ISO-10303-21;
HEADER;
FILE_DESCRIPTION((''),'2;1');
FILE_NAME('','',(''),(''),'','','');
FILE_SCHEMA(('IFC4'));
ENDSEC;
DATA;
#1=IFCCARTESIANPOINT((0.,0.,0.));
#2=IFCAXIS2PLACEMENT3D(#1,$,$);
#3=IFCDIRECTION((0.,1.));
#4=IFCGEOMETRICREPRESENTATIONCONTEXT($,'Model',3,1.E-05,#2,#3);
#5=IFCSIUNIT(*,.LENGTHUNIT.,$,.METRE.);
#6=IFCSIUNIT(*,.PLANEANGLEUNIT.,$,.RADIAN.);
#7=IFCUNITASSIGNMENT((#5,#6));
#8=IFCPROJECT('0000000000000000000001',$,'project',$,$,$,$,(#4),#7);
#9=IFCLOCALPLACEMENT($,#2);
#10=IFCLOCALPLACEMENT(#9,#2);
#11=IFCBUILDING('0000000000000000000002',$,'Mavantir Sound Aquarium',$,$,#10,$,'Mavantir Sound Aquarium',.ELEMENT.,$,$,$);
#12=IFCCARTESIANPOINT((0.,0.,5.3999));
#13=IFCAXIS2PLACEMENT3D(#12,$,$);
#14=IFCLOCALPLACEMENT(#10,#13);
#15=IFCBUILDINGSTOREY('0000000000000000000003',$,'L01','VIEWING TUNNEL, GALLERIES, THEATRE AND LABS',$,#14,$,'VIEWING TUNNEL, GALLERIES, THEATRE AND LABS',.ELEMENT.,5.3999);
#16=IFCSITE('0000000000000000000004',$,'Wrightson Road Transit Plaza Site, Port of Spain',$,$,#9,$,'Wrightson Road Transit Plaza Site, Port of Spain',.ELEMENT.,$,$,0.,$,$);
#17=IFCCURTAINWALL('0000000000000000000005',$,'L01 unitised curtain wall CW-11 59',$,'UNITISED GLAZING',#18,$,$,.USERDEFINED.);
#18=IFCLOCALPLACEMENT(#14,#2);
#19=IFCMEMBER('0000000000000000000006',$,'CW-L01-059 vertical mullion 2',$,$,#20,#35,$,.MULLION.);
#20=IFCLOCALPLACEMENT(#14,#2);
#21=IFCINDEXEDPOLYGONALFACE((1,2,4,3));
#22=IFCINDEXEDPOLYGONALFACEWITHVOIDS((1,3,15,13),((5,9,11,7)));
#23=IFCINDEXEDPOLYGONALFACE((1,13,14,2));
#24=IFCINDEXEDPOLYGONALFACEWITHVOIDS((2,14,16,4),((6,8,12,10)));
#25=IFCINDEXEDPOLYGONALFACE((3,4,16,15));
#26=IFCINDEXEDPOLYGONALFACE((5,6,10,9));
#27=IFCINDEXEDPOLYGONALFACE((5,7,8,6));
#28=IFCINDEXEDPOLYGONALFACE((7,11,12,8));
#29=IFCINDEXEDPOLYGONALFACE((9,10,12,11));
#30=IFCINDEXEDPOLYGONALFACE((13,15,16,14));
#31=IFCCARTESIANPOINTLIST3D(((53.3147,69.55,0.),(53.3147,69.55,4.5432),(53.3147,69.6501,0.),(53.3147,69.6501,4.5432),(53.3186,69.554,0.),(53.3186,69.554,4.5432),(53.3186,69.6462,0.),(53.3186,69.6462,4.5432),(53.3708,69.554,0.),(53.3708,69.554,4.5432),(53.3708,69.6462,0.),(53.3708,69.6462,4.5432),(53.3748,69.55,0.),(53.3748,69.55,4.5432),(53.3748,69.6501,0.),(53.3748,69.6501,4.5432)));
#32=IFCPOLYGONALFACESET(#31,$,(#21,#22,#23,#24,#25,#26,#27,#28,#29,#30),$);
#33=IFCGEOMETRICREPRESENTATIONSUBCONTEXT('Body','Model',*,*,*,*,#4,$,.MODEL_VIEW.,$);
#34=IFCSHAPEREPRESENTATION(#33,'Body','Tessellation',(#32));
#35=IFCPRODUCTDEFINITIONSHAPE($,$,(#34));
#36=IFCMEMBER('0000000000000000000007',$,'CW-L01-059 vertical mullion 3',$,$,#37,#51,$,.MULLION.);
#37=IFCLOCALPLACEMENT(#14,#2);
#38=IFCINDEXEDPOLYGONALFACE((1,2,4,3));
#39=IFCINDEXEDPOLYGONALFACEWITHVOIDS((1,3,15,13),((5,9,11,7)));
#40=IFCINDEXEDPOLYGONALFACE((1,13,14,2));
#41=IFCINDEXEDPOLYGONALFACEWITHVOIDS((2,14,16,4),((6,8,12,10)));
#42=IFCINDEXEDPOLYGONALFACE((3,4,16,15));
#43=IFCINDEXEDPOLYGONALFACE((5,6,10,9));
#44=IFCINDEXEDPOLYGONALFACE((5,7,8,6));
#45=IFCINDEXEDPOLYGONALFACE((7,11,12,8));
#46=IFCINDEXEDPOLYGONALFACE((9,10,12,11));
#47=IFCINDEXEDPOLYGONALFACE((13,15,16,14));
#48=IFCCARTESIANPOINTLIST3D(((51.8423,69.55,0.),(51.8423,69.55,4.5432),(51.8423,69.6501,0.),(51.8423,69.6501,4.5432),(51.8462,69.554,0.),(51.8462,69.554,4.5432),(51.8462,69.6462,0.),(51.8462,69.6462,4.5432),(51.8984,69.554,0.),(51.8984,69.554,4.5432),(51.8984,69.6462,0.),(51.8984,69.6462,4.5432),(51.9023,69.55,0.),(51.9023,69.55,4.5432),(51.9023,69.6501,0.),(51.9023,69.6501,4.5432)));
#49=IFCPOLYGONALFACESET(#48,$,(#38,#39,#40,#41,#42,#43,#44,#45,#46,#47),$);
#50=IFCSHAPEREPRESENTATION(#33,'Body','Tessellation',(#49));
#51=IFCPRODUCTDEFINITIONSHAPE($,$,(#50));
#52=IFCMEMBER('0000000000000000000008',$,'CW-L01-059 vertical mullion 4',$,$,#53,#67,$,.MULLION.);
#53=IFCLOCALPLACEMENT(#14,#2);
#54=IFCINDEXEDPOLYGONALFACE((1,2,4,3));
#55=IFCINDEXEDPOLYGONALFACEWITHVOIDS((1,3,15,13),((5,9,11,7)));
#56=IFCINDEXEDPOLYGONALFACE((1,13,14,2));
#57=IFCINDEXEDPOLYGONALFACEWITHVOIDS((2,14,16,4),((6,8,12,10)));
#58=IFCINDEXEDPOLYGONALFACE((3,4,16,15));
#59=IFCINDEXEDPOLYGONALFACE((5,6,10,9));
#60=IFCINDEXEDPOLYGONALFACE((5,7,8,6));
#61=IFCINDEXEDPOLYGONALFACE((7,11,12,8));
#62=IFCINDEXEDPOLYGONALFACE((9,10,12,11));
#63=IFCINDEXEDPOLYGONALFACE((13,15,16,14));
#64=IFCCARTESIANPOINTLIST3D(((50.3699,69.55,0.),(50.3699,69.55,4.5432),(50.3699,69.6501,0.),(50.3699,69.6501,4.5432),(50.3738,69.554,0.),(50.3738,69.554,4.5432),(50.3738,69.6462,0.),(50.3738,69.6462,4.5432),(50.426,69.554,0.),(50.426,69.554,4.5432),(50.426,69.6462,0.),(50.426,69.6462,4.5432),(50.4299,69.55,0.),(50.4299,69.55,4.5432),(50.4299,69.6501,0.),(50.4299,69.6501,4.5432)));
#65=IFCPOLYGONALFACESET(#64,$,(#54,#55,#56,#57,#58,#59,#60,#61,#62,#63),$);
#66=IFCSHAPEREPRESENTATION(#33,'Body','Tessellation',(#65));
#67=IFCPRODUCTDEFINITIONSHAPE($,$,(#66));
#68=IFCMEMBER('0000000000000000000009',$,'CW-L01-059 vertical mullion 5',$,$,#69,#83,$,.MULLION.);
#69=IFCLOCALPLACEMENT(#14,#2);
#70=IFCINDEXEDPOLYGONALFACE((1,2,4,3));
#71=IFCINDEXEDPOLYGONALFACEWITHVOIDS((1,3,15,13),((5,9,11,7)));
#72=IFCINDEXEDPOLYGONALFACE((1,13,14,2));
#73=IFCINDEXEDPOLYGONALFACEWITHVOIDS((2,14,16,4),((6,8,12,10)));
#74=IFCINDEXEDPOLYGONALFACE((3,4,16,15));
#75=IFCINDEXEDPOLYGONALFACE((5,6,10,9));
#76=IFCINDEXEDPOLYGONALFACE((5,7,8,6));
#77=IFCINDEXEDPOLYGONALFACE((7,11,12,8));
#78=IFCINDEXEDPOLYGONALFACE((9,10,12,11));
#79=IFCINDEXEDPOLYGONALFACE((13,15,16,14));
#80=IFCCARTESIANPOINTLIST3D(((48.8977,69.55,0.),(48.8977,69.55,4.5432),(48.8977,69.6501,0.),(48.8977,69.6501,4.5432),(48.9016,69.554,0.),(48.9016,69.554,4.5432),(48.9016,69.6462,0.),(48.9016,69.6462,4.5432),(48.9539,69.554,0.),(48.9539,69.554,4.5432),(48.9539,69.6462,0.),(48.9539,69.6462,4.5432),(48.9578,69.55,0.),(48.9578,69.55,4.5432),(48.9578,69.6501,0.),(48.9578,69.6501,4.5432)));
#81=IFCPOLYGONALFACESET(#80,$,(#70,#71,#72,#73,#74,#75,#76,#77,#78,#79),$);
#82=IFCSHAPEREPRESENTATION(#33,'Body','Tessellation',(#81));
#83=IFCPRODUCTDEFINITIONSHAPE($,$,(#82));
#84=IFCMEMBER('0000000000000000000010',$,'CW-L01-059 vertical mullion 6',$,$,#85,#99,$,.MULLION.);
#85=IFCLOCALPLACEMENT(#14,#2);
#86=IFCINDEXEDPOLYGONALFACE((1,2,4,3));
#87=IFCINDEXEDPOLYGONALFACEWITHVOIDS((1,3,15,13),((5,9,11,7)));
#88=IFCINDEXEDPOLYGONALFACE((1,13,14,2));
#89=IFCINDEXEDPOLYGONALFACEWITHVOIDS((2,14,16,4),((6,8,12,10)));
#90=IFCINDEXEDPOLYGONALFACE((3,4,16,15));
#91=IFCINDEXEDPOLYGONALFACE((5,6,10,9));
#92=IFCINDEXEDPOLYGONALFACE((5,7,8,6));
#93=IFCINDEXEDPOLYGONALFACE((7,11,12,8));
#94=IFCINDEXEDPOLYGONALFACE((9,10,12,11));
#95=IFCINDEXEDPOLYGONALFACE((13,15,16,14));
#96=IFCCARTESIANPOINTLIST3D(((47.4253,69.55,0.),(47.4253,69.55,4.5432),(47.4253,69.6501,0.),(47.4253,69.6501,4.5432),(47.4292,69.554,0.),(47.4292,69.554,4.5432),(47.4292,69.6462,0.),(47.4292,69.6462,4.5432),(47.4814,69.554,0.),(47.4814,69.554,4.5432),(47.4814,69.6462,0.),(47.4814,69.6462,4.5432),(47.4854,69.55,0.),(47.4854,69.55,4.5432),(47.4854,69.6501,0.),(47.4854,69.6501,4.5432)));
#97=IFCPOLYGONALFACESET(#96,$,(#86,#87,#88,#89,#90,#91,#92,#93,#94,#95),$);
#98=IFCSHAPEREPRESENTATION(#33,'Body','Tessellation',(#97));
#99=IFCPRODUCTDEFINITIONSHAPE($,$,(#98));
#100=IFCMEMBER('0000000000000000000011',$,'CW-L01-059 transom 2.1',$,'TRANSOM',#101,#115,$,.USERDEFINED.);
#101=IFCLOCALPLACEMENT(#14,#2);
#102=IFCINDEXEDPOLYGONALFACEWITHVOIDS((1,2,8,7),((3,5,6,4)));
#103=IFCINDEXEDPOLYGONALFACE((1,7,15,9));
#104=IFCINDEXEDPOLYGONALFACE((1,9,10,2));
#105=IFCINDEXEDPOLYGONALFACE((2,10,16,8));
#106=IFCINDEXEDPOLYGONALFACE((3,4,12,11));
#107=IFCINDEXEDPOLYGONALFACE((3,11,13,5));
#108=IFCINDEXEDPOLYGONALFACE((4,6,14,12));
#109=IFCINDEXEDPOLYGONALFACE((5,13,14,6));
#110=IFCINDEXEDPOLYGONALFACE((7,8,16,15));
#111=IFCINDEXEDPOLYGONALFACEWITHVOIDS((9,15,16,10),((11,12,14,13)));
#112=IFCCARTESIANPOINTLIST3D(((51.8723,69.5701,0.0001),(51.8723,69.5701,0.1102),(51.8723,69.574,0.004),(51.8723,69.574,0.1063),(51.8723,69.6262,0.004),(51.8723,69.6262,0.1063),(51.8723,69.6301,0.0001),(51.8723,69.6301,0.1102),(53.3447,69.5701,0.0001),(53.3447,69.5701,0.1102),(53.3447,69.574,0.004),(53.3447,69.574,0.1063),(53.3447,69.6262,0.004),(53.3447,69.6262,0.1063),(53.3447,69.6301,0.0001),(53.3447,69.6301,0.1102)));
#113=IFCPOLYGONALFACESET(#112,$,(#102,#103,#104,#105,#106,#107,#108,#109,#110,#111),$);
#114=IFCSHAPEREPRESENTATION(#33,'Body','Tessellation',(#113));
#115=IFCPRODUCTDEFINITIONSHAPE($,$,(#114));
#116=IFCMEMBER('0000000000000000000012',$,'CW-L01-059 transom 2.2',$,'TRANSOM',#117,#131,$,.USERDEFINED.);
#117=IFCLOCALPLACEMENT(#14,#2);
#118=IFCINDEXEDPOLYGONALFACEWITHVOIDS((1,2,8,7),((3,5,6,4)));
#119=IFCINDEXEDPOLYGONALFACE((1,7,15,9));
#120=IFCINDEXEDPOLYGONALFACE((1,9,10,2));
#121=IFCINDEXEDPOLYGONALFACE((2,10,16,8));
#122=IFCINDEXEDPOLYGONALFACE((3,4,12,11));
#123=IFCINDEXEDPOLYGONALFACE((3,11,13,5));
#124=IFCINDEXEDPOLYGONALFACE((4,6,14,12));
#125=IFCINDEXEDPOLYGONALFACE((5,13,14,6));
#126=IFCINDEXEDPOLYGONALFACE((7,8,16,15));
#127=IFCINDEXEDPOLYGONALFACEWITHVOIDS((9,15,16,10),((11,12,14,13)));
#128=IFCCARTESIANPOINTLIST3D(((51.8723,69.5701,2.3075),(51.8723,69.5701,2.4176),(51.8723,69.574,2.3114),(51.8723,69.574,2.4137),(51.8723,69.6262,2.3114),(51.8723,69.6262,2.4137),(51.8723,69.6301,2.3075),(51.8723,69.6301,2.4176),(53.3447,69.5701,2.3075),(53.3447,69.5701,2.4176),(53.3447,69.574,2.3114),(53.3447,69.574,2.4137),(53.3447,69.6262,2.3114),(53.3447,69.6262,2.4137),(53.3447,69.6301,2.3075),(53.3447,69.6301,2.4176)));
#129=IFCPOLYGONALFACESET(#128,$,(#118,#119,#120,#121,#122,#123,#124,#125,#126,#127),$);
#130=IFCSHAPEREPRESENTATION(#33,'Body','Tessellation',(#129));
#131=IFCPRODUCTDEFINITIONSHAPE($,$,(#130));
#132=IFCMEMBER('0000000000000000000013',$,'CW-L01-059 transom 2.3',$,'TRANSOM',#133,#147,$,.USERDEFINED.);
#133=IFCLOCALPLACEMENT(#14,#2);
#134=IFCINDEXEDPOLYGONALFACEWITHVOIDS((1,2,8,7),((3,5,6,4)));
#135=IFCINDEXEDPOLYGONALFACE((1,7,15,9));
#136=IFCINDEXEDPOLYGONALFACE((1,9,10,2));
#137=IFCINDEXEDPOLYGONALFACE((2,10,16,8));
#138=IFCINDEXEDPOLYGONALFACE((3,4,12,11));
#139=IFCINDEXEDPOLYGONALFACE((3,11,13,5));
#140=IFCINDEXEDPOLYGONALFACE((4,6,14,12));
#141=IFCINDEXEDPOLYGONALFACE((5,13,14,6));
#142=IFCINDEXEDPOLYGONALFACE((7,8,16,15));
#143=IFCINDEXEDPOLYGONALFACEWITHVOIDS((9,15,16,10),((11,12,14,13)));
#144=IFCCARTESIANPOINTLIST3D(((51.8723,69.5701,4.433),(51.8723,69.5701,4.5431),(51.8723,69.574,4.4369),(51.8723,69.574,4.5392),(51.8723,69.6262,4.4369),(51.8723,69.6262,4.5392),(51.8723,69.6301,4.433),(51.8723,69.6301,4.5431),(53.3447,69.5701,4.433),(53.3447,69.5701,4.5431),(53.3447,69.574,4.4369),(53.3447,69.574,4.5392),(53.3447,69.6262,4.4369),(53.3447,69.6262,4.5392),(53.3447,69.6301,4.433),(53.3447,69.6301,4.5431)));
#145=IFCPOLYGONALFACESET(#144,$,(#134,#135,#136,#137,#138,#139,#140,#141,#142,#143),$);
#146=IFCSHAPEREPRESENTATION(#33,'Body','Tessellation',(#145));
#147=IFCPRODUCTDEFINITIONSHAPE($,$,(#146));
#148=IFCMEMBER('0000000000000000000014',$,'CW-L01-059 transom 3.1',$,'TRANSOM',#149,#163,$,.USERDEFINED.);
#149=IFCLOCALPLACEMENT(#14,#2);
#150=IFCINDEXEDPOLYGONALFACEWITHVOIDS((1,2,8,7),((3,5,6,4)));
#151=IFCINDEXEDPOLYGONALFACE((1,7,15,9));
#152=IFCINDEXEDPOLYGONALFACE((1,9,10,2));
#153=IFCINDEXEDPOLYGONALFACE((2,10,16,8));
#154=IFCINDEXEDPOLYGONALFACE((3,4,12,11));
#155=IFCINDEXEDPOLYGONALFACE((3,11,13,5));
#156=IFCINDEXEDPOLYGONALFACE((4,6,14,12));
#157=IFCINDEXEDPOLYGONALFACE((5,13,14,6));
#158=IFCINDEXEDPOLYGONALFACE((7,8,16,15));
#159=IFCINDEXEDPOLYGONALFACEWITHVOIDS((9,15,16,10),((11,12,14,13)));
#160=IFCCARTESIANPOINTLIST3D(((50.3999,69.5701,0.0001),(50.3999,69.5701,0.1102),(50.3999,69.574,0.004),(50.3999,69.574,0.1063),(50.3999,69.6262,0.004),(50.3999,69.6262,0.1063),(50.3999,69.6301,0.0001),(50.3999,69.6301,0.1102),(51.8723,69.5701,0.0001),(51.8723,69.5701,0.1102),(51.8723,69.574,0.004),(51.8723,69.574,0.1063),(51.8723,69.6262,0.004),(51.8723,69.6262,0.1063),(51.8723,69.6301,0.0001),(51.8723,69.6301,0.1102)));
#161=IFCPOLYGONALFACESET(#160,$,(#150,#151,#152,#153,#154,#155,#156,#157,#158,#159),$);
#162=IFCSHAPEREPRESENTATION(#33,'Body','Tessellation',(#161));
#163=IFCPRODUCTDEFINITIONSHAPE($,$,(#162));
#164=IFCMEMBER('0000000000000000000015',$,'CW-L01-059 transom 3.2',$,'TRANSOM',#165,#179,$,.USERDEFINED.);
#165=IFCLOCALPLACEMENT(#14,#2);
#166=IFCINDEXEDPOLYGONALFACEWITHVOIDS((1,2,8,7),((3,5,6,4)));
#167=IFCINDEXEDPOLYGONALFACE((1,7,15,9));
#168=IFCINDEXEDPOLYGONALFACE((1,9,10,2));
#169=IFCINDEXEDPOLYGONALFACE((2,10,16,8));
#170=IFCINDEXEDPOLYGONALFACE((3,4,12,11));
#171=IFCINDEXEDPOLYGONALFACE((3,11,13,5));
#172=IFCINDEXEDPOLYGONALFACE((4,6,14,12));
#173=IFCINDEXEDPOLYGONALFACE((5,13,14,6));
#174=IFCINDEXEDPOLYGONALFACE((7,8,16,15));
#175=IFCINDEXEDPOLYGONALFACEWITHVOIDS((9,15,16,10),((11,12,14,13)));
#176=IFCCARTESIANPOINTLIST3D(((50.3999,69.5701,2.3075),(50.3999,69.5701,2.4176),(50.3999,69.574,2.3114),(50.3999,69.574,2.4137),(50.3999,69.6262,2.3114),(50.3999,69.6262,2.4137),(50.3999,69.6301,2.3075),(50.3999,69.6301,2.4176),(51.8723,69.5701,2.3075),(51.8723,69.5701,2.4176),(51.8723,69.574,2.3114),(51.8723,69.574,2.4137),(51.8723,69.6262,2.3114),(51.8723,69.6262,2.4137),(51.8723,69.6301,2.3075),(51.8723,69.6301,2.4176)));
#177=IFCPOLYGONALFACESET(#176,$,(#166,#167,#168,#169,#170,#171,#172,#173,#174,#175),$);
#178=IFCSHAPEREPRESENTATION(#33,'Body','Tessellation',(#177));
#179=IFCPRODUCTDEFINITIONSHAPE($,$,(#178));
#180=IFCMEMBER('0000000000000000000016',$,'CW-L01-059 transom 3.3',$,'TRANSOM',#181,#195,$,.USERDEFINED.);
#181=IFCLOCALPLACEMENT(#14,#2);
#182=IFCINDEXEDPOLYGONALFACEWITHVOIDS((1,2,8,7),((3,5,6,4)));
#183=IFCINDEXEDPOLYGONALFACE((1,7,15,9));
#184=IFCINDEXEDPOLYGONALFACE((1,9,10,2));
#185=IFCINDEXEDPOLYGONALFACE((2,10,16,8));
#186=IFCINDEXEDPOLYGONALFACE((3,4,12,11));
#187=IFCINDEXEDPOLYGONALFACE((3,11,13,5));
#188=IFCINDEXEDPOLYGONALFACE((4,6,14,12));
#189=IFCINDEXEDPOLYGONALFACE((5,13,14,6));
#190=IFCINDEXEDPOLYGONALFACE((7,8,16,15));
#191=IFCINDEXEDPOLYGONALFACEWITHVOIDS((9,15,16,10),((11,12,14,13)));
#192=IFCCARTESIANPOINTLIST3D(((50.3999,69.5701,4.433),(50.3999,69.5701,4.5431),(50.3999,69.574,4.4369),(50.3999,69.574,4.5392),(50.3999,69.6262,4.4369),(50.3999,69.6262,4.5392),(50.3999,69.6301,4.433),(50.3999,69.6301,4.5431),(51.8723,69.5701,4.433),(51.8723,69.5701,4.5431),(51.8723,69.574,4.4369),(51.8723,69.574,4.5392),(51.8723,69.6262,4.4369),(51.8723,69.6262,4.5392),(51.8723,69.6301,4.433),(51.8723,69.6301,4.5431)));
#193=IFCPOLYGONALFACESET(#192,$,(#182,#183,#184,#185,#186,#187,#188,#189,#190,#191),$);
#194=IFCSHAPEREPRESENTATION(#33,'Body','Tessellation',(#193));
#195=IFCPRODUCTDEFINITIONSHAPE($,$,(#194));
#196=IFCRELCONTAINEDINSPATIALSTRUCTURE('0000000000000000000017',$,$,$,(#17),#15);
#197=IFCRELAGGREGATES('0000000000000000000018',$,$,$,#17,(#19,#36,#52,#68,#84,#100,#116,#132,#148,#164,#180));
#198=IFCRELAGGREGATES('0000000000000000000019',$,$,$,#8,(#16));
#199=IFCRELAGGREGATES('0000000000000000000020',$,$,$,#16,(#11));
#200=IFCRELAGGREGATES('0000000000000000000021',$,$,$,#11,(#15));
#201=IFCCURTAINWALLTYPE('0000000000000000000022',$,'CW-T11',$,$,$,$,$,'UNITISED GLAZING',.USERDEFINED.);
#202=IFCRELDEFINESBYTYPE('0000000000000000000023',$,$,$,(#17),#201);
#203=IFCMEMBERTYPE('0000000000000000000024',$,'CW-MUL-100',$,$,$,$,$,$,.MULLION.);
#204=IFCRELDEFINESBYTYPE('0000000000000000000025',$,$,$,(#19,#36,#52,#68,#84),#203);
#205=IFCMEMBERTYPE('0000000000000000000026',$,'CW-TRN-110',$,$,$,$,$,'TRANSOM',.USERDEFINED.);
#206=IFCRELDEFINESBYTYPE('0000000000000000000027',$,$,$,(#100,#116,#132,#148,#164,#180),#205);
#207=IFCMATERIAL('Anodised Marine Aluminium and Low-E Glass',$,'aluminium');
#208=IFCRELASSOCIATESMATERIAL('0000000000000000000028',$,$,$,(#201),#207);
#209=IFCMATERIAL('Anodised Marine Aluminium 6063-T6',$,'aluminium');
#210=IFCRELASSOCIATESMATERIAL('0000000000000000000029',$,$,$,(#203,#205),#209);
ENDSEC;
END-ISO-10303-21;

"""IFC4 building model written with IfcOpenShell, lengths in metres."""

from ifc_helpers import new_model, si_unit, direction, frame, origin, origin_2d, place, context, subcontext, project, spatial, hollow_rectangle, extrude, material, material_profile, profile_set, type_object, element, aggregate, save


model = new_model("IFC4")

# Units and contexts
model_context = context("Model", 3, precision=1e-05, world=origin(), true_north=direction((0.0, 1.0)))
body_context = subcontext(model_context, "Body", "Model", "MODEL_VIEW")
ifc_project = project(units=[si_unit("LENGTHUNIT", "METRE"), si_unit("PLANEANGLEUNIT", "RADIAN")], contexts=[model_context])

# Site, building, storey
site_placement = place(None, origin())
site = spatial("IfcSite", under=ifc_project, at=site_placement, Name="Wrightson Road Transit Plaza Site, Port of Spain", LongName="Wrightson Road Transit Plaza Site, Port of Spain", CompositionType="ELEMENT", RefElevation=0.0)
building_placement = place(site_placement, origin())
building = spatial("IfcBuilding", under=site, at=building_placement, Name="Mavantir Sound Aquarium", LongName="Mavantir Sound Aquarium", CompositionType="ELEMENT")
storey_placement = place(building_placement, frame((0.0, 0.0, 5.3999)))
storey = spatial("IfcBuildingStorey", under=building, at=storey_placement, Name="L01", Description="VIEWING TUNNEL, GALLERIES, THEATRE AND LABS", LongName="VIEWING TUNNEL, GALLERIES, THEATRE AND LABS", CompositionType="ELEMENT", Elevation=5.3999)

# Curtain wall, members
ifc_material_1 = material(Name="Anodised Marine Aluminium and Low-E Glass", Category="aluminium")
curtain_wall_type = type_object("IfcCurtainWallType", Name="CW-T11", ElementType="UNITISED GLAZING", PredefinedType="USERDEFINED", material=ifc_material_1)
curtain_wall_placement = place(storey_placement, origin())
curtain_wall = element("IfcCurtainWall", 1, at=curtain_wall_placement, inside=storey, type_object=curtain_wall_type, Name="L01 unitised curtain wall CW-11 59", ObjectType="UNITISED GLAZING", PredefinedType="USERDEFINED")
ifc_material_2 = material(Name="Anodised Marine Aluminium 6063-T6", Category="aluminium")
ifc_material_profile_1 = material_profile(ifc_material_2, hollow_rectangle(XDim=0.0601, YDim=0.1001, WallThickness=0.0039, at=origin_2d()), Name="ALU-MULLION-100X60")
ifc_profile_set_1 = profile_set([ifc_material_profile_1], Name="Anodised Marine Aluminium 6063-T6")
member_type_1 = type_object("IfcMemberType", Name="CW-MUL-100", PredefinedType="MULLION", material=ifc_profile_set_1)
member_1_placement = place(storey_placement, frame((53.3447, 69.6001, 0.0), z_axis=(0.0, 0.0, 1.0), x_axis=(1.0, 0.0, 0.0)))
member_1 = element("IfcMember", 2, at=member_1_placement, type_object=member_type_1, Name="CW-L01-059 vertical mullion 2", PredefinedType="MULLION", context=body_context, shape_type="SweptSolid", body=[
    extrude(hollow_rectangle(XDim=0.0601, YDim=0.1001, WallThickness=0.0039, at=origin_2d()), origin(), (0.0, 0.0, 1.0), 4.5432),
])
member_2_placement = place(storey_placement, frame((51.8723, 69.6001, 0.0), z_axis=(0.0, 0.0, 1.0), x_axis=(1.0, 0.0, 0.0)))
member_2 = element("IfcMember", 3, at=member_2_placement, type_object=member_type_1, Name="CW-L01-059 vertical mullion 3", PredefinedType="MULLION", context=body_context, shape_type="SweptSolid", body=[
    extrude(hollow_rectangle(XDim=0.0601, YDim=0.1001, WallThickness=0.0039, at=origin_2d()), origin(), (0.0, 0.0, 1.0), 4.5432),
])
member_3_placement = place(storey_placement, frame((50.3999, 69.6001, 0.0), z_axis=(0.0, 0.0, 1.0), x_axis=(1.0, 0.0, 0.0)))
member_3 = element("IfcMember", 4, at=member_3_placement, type_object=member_type_1, Name="CW-L01-059 vertical mullion 4", PredefinedType="MULLION", context=body_context, shape_type="SweptSolid", body=[
    extrude(hollow_rectangle(XDim=0.0601, YDim=0.1001, WallThickness=0.0039, at=origin_2d()), origin(), (0.0, 0.0, 1.0), 4.5432),
])
member_4_placement = place(storey_placement, frame((48.9277, 69.6001, 0.0), z_axis=(0.0, 0.0, 1.0), x_axis=(1.0, 0.0, 0.0)))
member_4 = element("IfcMember", 5, at=member_4_placement, type_object=member_type_1, Name="CW-L01-059 vertical mullion 5", PredefinedType="MULLION", context=body_context, shape_type="SweptSolid", body=[
    extrude(hollow_rectangle(XDim=0.0601, YDim=0.1001, WallThickness=0.0039, at=origin_2d()), origin(), (0.0, 0.0, 1.0), 4.5432),
])
member_5_placement = place(storey_placement, frame((47.4553, 69.6001, 0.0), z_axis=(0.0, 0.0, 1.0), x_axis=(1.0, 0.0, 0.0)))
member_5 = element("IfcMember", 6, at=member_5_placement, type_object=member_type_1, Name="CW-L01-059 vertical mullion 6", PredefinedType="MULLION", context=body_context, shape_type="SweptSolid", body=[
    extrude(hollow_rectangle(XDim=0.0601, YDim=0.1001, WallThickness=0.0039, at=origin_2d()), origin(), (0.0, 0.0, 1.0), 4.5432),
])
ifc_material_profile_2 = material_profile(ifc_material_2, hollow_rectangle(XDim=0.0601, YDim=0.1101, WallThickness=0.0039, at=origin_2d()), Name="ALU-TRANSOM-110X60")
ifc_profile_set_2 = profile_set([ifc_material_profile_2], Name="Anodised Marine Aluminium 6063-T6")
member_type_2 = type_object("IfcMemberType", Name="CW-TRN-110", ElementType="TRANSOM", PredefinedType="USERDEFINED", material=ifc_profile_set_2)
member_6_placement = place(storey_placement, frame((53.3447, 69.6001, 0.0552), z_axis=(-1.0, 0.0, 0.0), x_axis=(0.0, -1.0, 0.0)))
member_6 = element("IfcMember", 7, at=member_6_placement, type_object=member_type_2, Name="CW-L01-059 transom 2.1", ObjectType="TRANSOM", PredefinedType="USERDEFINED", context=body_context, shape_type="SweptSolid", body=[
    extrude(hollow_rectangle(XDim=0.0601, YDim=0.1101, WallThickness=0.0039, at=origin_2d()), origin(), (0.0, 0.0, 1.0), 1.4724),
])
member_7_placement = place(storey_placement, frame((53.3447, 69.6001, 2.3625), z_axis=(-1.0, 0.0, 0.0), x_axis=(0.0, -1.0, 0.0)))
member_7 = element("IfcMember", 8, at=member_7_placement, type_object=member_type_2, Name="CW-L01-059 transom 2.2", ObjectType="TRANSOM", PredefinedType="USERDEFINED", context=body_context, shape_type="SweptSolid", body=[
    extrude(hollow_rectangle(XDim=0.0601, YDim=0.1101, WallThickness=0.0039, at=origin_2d()), origin(), (0.0, 0.0, 1.0), 1.4724),
])
member_8_placement = place(storey_placement, frame((53.3447, 69.6001, 4.488), z_axis=(-1.0, 0.0, 0.0), x_axis=(0.0, -1.0, 0.0)))
member_8 = element("IfcMember", 9, at=member_8_placement, type_object=member_type_2, Name="CW-L01-059 transom 2.3", ObjectType="TRANSOM", PredefinedType="USERDEFINED", context=body_context, shape_type="SweptSolid", body=[
    extrude(hollow_rectangle(XDim=0.0601, YDim=0.1101, WallThickness=0.0039, at=origin_2d()), origin(), (0.0, 0.0, 1.0), 1.4724),
])
member_9_placement = place(storey_placement, frame((51.8723, 69.6001, 0.0552), z_axis=(-1.0, 0.0, 0.0), x_axis=(0.0, -1.0, 0.0)))
member_9 = element("IfcMember", 10, at=member_9_placement, type_object=member_type_2, Name="CW-L01-059 transom 3.1", ObjectType="TRANSOM", PredefinedType="USERDEFINED", context=body_context, shape_type="SweptSolid", body=[
    extrude(hollow_rectangle(XDim=0.0601, YDim=0.1101, WallThickness=0.0039, at=origin_2d()), origin(), (0.0, 0.0, 1.0), 1.4724),
])
member_10_placement = place(storey_placement, frame((51.8723, 69.6001, 2.3625), z_axis=(-1.0, 0.0, 0.0), x_axis=(0.0, -1.0, 0.0)))
member_10 = element("IfcMember", 11, at=member_10_placement, type_object=member_type_2, Name="CW-L01-059 transom 3.2", ObjectType="TRANSOM", PredefinedType="USERDEFINED", context=body_context, shape_type="SweptSolid", body=[
    extrude(hollow_rectangle(XDim=0.0601, YDim=0.1101, WallThickness=0.0039, at=origin_2d()), origin(), (0.0, 0.0, 1.0), 1.4724),
])
member_11_placement = place(storey_placement, frame((51.8723, 69.6001, 4.488), z_axis=(-1.0, 0.0, 0.0), x_axis=(0.0, -1.0, 0.0)))
member_11 = element("IfcMember", 12, at=member_11_placement, type_object=member_type_2, Name="CW-L01-059 transom 3.3", ObjectType="TRANSOM", PredefinedType="USERDEFINED", context=body_context, shape_type="SweptSolid", body=[
    extrude(hollow_rectangle(XDim=0.0601, YDim=0.1101, WallThickness=0.0039, at=origin_2d()), origin(), (0.0, 0.0, 1.0), 1.4724),
])
aggregate(curtain_wall, [member_1, member_2, member_3, member_4, member_5, member_6, member_7, member_8, member_9, member_10, member_11])

save(model, "model.ifc")
